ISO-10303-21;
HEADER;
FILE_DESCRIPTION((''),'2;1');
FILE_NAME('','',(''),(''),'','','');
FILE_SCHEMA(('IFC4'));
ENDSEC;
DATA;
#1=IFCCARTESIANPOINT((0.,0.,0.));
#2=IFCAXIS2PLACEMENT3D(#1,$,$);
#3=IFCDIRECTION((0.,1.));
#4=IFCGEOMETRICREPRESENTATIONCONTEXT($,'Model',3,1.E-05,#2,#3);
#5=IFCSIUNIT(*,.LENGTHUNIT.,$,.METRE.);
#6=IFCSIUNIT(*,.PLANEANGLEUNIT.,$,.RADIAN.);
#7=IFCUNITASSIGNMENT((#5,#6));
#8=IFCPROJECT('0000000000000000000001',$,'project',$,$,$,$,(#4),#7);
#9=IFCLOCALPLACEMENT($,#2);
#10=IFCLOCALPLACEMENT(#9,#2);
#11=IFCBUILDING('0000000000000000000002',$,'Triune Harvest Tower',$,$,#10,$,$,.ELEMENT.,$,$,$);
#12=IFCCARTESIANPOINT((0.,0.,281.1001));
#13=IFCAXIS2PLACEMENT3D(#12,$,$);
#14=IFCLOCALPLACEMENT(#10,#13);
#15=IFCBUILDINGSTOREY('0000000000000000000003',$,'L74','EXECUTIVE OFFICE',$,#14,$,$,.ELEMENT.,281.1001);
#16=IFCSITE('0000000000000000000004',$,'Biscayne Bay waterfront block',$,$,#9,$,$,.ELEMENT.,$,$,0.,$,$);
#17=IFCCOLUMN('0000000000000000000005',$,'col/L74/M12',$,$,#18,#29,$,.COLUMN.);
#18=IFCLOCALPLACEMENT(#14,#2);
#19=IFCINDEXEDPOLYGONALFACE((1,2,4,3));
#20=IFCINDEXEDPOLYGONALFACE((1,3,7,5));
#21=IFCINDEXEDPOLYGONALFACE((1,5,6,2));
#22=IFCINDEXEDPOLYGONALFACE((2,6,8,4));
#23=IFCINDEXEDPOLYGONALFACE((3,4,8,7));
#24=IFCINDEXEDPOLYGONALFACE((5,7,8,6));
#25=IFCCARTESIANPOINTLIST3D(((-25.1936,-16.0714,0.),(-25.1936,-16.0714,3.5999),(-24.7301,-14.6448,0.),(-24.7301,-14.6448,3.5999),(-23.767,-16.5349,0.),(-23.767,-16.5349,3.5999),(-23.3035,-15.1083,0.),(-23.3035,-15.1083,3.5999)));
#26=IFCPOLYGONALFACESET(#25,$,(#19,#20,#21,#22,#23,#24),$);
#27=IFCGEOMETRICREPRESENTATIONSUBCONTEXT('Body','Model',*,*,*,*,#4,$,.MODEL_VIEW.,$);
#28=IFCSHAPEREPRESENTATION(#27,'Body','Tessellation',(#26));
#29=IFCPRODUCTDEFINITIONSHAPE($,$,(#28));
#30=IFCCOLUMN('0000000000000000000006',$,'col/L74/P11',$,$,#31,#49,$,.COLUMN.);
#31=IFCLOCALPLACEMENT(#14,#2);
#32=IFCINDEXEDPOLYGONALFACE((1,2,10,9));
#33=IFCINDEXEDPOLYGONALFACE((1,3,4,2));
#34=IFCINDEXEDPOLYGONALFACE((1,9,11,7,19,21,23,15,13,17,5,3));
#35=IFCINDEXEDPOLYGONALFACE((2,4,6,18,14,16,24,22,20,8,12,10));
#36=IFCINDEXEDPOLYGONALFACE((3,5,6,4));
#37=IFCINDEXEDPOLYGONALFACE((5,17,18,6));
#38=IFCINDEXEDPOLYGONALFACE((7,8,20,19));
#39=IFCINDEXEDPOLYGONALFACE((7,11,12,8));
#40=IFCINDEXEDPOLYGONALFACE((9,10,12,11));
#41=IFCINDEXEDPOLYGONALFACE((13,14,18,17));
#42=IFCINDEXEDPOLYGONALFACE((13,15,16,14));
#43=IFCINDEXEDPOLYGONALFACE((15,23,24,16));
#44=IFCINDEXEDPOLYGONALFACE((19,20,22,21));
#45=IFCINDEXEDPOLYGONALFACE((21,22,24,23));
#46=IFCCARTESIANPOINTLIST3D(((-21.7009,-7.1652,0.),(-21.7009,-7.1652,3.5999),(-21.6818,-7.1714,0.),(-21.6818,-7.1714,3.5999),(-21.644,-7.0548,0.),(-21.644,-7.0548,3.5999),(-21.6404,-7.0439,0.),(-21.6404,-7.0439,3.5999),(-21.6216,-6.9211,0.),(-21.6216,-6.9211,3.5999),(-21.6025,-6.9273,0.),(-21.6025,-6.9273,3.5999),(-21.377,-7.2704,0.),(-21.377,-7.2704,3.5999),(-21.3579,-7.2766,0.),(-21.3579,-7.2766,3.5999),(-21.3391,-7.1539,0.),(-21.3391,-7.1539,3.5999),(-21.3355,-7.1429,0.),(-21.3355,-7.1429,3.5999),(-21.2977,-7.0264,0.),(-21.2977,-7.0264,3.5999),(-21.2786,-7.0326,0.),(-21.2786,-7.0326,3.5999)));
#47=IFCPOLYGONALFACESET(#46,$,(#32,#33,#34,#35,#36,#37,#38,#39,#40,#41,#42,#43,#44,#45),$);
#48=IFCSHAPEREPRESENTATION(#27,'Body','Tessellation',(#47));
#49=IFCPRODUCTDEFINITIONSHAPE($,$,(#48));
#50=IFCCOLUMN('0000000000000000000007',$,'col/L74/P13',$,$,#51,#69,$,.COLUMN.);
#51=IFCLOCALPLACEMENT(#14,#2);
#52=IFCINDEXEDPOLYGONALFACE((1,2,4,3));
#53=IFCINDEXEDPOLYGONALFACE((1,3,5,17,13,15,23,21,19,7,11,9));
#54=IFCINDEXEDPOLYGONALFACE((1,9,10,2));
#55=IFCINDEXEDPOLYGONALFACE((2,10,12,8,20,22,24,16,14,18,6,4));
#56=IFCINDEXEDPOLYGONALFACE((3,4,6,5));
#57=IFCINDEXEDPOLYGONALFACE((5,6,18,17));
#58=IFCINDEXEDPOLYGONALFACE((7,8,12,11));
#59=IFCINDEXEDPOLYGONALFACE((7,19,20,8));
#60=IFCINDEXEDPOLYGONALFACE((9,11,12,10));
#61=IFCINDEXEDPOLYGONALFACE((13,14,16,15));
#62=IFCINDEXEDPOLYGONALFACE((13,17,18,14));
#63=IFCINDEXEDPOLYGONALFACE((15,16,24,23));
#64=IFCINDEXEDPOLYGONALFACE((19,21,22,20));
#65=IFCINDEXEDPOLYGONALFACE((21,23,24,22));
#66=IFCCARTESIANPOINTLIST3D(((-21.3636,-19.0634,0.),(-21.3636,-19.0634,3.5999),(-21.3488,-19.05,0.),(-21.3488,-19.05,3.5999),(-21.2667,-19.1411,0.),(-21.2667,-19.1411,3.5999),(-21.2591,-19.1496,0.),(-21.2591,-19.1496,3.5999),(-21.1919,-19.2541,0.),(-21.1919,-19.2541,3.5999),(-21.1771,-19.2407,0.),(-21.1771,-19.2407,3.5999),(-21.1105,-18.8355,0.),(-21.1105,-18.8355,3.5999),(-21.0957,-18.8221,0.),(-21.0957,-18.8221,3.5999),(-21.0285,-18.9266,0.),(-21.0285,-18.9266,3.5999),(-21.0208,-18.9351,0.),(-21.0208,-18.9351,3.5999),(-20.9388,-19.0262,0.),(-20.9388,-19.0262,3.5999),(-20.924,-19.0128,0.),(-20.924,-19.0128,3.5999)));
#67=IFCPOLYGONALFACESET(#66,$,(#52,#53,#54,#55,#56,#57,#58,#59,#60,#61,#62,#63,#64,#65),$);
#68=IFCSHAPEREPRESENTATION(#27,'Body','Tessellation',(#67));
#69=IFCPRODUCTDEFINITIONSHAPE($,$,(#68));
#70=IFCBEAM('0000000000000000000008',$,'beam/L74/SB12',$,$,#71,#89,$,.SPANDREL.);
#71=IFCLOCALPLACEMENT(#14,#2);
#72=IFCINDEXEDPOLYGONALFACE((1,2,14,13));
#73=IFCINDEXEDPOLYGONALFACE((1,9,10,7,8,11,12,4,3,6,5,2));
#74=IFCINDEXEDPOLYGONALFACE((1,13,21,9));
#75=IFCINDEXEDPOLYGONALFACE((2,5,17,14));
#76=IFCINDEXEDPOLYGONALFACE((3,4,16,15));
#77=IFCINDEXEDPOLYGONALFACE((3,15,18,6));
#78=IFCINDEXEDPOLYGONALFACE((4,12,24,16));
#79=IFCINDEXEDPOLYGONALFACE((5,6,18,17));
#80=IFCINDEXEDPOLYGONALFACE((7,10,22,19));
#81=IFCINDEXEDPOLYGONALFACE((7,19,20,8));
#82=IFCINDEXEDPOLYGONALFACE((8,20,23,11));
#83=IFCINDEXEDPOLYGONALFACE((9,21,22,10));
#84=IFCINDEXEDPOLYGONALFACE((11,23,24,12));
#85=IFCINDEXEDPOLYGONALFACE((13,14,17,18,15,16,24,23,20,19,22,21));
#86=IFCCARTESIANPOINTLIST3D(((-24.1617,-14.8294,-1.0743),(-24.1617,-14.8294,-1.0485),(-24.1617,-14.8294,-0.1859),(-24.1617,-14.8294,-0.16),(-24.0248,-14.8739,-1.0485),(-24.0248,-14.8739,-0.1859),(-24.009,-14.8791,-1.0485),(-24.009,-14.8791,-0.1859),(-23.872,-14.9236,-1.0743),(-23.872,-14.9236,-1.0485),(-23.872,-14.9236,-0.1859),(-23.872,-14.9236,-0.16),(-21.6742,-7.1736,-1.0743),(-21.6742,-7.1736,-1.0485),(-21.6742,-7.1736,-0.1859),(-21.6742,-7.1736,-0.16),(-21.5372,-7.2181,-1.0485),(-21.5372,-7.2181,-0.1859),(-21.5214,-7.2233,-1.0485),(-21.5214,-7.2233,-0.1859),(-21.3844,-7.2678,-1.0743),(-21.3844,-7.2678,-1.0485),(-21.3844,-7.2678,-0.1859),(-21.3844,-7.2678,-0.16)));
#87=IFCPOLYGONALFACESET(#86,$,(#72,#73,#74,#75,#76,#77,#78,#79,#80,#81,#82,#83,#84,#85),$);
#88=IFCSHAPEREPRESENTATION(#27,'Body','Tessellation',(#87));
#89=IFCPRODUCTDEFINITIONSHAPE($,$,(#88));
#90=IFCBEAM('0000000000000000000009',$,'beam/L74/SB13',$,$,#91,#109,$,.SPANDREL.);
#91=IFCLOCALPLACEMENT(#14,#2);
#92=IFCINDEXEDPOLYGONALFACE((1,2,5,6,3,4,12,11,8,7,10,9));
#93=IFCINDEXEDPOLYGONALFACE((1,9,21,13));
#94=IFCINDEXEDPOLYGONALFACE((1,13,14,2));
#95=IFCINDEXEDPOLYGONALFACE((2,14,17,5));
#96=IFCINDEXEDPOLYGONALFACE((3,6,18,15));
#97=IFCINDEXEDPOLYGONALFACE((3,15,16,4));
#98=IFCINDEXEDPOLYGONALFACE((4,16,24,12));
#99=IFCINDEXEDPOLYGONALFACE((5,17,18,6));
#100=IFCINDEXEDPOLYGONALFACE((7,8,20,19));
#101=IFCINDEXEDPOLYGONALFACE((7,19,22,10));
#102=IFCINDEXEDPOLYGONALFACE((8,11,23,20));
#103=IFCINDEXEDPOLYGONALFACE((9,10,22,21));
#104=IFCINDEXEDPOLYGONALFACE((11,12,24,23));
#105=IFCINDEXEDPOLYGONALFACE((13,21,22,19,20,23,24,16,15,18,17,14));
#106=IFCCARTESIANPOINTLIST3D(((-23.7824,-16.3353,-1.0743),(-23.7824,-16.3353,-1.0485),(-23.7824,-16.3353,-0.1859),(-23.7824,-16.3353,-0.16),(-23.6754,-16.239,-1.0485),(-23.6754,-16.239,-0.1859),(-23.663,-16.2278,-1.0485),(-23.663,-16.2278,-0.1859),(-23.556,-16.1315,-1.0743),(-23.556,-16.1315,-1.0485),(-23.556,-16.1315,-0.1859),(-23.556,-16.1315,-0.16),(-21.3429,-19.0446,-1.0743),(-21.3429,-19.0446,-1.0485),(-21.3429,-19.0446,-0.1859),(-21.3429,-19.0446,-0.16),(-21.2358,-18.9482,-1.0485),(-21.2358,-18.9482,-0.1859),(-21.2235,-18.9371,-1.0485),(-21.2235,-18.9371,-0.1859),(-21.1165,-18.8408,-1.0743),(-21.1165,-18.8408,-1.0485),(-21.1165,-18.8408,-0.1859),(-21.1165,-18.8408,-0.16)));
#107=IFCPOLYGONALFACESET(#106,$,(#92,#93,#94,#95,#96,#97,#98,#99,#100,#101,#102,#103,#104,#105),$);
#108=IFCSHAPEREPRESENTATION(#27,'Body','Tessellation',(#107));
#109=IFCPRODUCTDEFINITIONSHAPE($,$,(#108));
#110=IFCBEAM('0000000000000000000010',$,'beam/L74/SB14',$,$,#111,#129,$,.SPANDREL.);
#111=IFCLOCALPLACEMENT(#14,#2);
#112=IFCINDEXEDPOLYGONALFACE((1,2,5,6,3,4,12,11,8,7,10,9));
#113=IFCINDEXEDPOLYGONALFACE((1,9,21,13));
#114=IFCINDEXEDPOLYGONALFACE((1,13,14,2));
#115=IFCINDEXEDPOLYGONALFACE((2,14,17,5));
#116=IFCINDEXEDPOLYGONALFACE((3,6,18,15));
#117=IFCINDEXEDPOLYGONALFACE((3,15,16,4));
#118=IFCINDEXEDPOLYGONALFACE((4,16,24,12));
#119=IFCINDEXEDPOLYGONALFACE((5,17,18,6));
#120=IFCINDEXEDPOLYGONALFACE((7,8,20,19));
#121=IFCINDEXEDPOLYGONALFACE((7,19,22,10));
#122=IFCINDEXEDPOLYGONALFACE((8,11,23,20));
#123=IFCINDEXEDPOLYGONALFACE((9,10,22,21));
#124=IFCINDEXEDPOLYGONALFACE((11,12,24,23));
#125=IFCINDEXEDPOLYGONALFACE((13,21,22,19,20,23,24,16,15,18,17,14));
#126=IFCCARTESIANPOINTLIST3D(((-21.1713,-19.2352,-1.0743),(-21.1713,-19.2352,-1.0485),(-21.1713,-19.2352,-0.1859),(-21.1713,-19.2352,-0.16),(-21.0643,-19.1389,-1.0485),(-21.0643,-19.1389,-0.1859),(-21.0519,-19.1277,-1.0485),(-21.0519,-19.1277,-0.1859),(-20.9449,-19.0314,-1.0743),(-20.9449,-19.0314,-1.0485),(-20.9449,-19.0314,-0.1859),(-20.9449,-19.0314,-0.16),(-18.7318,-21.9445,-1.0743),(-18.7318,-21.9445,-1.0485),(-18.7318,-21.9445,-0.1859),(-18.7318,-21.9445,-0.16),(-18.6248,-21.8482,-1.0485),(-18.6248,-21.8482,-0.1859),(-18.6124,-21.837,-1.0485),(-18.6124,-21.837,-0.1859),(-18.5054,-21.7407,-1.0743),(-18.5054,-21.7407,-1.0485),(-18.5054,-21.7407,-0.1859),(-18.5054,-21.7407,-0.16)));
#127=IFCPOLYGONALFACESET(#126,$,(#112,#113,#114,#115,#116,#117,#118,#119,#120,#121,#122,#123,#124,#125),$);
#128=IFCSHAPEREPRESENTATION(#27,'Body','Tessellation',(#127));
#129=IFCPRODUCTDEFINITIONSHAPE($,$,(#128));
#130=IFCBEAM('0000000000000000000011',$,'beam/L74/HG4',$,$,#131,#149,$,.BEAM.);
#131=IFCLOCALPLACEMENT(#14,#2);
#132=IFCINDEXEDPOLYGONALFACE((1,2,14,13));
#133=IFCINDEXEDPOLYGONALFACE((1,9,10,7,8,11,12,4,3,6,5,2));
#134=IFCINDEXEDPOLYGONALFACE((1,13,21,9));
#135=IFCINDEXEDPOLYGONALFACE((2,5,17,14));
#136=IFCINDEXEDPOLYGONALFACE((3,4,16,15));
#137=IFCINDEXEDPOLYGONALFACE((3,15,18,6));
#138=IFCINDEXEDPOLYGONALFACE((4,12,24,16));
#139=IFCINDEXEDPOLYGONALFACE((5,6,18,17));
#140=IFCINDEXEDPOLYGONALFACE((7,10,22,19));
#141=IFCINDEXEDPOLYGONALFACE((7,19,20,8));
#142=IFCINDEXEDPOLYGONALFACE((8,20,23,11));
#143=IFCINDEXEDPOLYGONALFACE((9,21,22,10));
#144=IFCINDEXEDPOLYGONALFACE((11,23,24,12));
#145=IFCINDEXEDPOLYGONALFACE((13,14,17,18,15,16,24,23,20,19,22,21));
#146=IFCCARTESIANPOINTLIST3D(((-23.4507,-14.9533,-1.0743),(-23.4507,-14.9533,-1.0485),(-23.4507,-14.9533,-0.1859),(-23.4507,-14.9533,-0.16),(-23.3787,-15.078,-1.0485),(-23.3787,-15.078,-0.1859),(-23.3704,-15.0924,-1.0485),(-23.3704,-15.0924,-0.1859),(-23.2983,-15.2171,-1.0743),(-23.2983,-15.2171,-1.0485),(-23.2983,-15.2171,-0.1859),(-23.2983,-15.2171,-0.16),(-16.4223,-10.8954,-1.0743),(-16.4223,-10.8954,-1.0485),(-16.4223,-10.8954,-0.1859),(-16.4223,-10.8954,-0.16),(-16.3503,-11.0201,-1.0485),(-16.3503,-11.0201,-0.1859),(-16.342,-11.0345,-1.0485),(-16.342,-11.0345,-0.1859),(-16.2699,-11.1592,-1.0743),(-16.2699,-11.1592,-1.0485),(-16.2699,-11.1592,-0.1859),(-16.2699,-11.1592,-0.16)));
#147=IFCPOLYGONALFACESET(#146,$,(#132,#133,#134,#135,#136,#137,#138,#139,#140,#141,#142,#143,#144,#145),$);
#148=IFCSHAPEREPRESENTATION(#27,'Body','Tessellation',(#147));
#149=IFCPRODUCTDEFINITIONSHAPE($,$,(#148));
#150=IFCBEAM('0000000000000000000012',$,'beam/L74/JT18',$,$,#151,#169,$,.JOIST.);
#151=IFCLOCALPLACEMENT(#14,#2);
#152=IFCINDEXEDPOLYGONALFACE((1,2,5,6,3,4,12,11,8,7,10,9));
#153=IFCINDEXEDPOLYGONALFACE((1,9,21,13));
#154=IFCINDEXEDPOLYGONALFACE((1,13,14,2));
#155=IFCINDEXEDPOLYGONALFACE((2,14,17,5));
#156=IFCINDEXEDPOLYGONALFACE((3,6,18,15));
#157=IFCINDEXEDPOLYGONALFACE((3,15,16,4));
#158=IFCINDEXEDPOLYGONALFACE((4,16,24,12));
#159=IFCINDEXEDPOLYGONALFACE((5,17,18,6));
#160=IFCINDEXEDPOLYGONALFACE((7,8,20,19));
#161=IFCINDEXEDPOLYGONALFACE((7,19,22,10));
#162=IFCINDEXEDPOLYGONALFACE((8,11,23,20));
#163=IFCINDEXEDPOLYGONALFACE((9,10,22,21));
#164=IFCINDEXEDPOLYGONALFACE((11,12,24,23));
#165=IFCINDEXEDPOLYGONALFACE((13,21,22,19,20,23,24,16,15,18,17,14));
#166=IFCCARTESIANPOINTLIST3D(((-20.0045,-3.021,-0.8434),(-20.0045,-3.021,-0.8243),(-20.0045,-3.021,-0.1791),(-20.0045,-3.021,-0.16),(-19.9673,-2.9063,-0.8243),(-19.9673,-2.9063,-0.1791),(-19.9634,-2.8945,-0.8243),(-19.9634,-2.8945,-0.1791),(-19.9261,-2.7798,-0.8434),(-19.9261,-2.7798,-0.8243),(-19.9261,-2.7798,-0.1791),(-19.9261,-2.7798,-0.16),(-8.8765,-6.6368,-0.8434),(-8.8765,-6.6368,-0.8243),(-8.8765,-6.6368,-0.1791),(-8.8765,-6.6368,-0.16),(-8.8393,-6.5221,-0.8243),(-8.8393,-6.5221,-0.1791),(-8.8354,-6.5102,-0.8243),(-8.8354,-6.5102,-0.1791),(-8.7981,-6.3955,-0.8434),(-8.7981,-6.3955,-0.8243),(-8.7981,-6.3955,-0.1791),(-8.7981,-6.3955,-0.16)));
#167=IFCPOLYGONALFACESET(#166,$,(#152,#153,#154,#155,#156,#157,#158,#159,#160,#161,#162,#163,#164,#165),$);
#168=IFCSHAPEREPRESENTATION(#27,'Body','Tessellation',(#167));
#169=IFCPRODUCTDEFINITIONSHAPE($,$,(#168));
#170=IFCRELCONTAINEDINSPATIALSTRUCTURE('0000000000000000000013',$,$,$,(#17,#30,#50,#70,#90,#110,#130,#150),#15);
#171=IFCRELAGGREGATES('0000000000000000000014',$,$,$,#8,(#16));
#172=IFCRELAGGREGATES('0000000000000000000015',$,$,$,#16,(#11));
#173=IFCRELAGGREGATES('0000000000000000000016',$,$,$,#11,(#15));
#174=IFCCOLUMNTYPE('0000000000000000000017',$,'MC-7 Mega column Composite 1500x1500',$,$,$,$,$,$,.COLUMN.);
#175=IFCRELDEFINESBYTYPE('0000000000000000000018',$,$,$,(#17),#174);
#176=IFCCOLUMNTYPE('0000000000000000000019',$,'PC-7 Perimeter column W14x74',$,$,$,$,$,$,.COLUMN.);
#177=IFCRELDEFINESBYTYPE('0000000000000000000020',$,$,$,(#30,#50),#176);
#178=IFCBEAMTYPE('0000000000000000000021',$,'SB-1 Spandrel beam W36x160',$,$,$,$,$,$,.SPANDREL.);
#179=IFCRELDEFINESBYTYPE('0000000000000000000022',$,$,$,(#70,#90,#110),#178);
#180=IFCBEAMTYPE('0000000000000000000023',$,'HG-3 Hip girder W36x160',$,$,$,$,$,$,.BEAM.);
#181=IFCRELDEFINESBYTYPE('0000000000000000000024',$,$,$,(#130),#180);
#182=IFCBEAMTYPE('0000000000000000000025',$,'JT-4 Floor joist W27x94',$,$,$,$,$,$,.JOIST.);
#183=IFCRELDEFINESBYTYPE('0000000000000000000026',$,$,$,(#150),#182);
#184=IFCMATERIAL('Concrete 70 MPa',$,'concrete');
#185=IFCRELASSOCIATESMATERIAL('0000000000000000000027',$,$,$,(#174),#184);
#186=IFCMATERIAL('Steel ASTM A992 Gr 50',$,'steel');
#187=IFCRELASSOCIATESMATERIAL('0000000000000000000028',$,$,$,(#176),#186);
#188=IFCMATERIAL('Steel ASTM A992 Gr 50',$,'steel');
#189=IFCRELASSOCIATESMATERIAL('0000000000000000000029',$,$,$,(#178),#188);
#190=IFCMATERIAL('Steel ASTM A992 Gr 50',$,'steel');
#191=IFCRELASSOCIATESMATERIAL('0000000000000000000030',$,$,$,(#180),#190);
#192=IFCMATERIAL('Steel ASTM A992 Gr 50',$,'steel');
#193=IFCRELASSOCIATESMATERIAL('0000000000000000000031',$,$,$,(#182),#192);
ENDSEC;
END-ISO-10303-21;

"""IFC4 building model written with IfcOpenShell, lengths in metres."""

from ifc_helpers import new_model, si_unit, direction, frame, origin, origin_2d, place, context, subcontext, project, spatial, rectangle, i_section, extrude, source, transform, mapped, material, material_profile, profile_set, type_object, element, save


model = new_model("IFC4")

# Units and contexts
model_context = context("Model", 3, precision=1e-05, world=origin(), true_north=direction((0.0, 1.0)))
body_context = subcontext(model_context, "Body", "Model", "MODEL_VIEW")
ifc_project = project(units=[si_unit("LENGTHUNIT", "METRE"), si_unit("PLANEANGLEUNIT", "RADIAN")], contexts=[model_context])

# Site, building, storey
site_placement = place(None, origin())
site = spatial("IfcSite", under=ifc_project, at=site_placement, Name="Biscayne Bay waterfront block", CompositionType="ELEMENT", RefElevation=0.0)
building_placement = place(site_placement, origin())
building = spatial("IfcBuilding", under=site, at=building_placement, Name="Triune Harvest Tower", CompositionType="ELEMENT")
storey_placement = place(building_placement, frame((0.0, 0.0, 281.1001)))
storey = spatial("IfcBuildingStorey", under=building, at=storey_placement, Name="L74", Description="EXECUTIVE OFFICE", CompositionType="ELEMENT", Elevation=281.1001)

# Columns
ifc_material_1 = material(Name="Concrete 70 MPa", Category="concrete")
ifc_material_profile_1 = material_profile(ifc_material_1, rectangle(XDim=1.5, YDim=1.5, at=origin_2d()), Name="Composite 1500x1500")
ifc_profile_set_1 = profile_set([ifc_material_profile_1], Name="Concrete 70 MPa")
column_type_1 = type_object("IfcColumnType", Name="MC-7 Mega column Composite 1500x1500", PredefinedType="COLUMN", material=ifc_profile_set_1)
shared_shape_1 = source(origin(), body_context, "Body", "SweptSolid", [
    extrude(rectangle(XDim=1.5, YDim=1.5, at=origin_2d()), origin(), (0.0, 0.0, 1.0), 3.5999),
])
column_placement = place(storey_placement, frame((-24.2485, -15.5898, 0.0), z_axis=(0.0, 0.0, 1.0), x_axis=(-0.309015, -0.951057, 0.0)))
element("IfcColumn", 1, at=column_placement, inside=storey, type_object=column_type_1, Name="col/L74/M12", PredefinedType="COLUMN", context=body_context, shape_type="MappedRepresentation", body=[
    mapped(shared_shape_1, transform((0.0, 0.0, 0.0), scale=1.0)),
])
ifc_material_2 = material(Name="Steel ASTM A992 Gr 50", Category="steel")
ifc_material_profile_2 = material_profile(ifc_material_2, i_section(OverallWidth=0.2566, OverallDepth=0.3606, WebThickness=0.0115, FlangeThickness=0.02, at=origin_2d()), Name="W14x74")
ifc_profile_set_2 = profile_set([ifc_material_profile_2], Name="Steel ASTM A992 Gr 50")
column_type_2 = type_object("IfcColumnType", Name="PC-7 Perimeter column W14x74", PredefinedType="COLUMN", material=ifc_profile_set_2)
shared_shape_2 = source(origin(), body_context, "Body", "SweptSolid", [
    extrude(i_section(OverallWidth=0.2566, OverallDepth=0.3606, WebThickness=0.0115, FlangeThickness=0.02, at=origin_2d()), origin(), (0.0, 0.0, 1.0), 3.5999),
])
for number, where, z_axis, x_axis, name in (
    (2, (-21.4897, -7.0989, 0.0), (0.0, 0.0, 1.0), (-0.309015, -0.951057, 0.0), "col/L74/P11"),
    (3, (-21.1438, -19.0381, 0.0), (0.0, 0.0, 1.0), (0.669129, -0.743146, 0.0), "col/L74/P13"),
):
    element("IfcColumn", number, at=place(storey_placement, frame(where, z_axis=z_axis, x_axis=x_axis)), inside=storey, type_object=column_type_2, Name=name, PredefinedType="COLUMN", context=body_context, shape_type="MappedRepresentation", body=[
        mapped(shared_shape_2, transform((0.0, 0.0, 0.0), scale=1.0)),
    ])

# Beams
ifc_material_3 = material(Name="Steel ASTM A992 Gr 50", Category="steel")
ifc_material_profile_3 = material_profile(ifc_material_3, i_section(OverallWidth=0.3047, OverallDepth=0.9143, WebThickness=0.0166, FlangeThickness=0.0259, at=origin_2d()), Name="W36x160")
ifc_profile_set_3 = profile_set([ifc_material_profile_3], Name="Steel ASTM A992 Gr 50")
beam_type_1 = type_object("IfcBeamType", Name="SB-1 Spandrel beam W36x160", PredefinedType="SPANDREL", material=ifc_profile_set_3)
shared_shape_3 = source(origin(), body_context, "Body", "SweptSolid", [
    extrude(i_section(OverallWidth=0.3047, OverallDepth=0.9143, WebThickness=0.0166, FlangeThickness=0.0259, at=origin_2d()), origin(), (0.0, 0.0, 1.0), 8.0498),
])
beam_1_placement = place(storey_placement, frame((-21.5293, -7.2207, -0.6172), z_axis=(-0.309022, -0.951055, 0.0), x_axis=(0.951055, -0.309022, 0.0)))
element("IfcBeam", 4, at=beam_1_placement, inside=storey, type_object=beam_type_1, Name="beam/L74/SB12", PredefinedType="SPANDREL", context=body_context, shape_type="MappedRepresentation", body=[
    mapped(shared_shape_3, transform((0.0, 0.0, 0.0), scale=1.0)),
])
shared_shape_4 = source(origin(), body_context, "Body", "SweptSolid", [
    extrude(i_section(OverallWidth=0.3047, OverallDepth=0.9143, WebThickness=0.0166, FlangeThickness=0.0259, at=origin_2d()), origin(), (0.0, 0.0, 1.0), 3.6458),
])
for number, where, z_axis, x_axis, name in (
    (5, (-23.6692, -16.2334, -0.6172), (0.669139, -0.743138, 0.0), (0.743138, 0.669139, 0.0), "beam/L74/SB13"),
    (6, (-21.0581, -19.1333, -0.6172), (0.669139, -0.743138, 0.0), (0.743138, 0.669139, 0.0), "beam/L74/SB14"),
):
    element("IfcBeam", number, at=place(storey_placement, frame(where, z_axis=z_axis, x_axis=x_axis)), inside=storey, type_object=beam_type_1, Name=name, PredefinedType="SPANDREL", context=body_context, shape_type="MappedRepresentation", body=[
        mapped(shared_shape_4, transform((0.0, 0.0, 0.0), scale=1.0)),
    ])
ifc_material_4 = material(Name="Steel ASTM A992 Gr 50", Category="steel")
ifc_material_profile_4 = material_profile(ifc_material_4, i_section(OverallWidth=0.3047, OverallDepth=0.9143, WebThickness=0.0166, FlangeThickness=0.0259, at=origin_2d()), Name="W36x160")
ifc_profile_set_4 = profile_set([ifc_material_profile_4], Name="Steel ASTM A992 Gr 50")
beam_type_2 = type_object("IfcBeamType", Name="HG-3 Hip girder W36x160", PredefinedType="BEAM", material=ifc_profile_set_4)
shared_shape_5 = source(origin(), body_context, "Body", "SweptSolid", [
    extrude(i_section(OverallWidth=0.3047, OverallDepth=0.9143, WebThickness=0.0166, FlangeThickness=0.0259, at=origin_2d()), origin(), (0.0, 0.0, 1.0), 8.1157),
])
beam_2_placement = place(storey_placement, frame((-23.3745, -15.0852, -0.6172), z_axis=(0.866022, 0.500005, 0.0), x_axis=(-0.500005, 0.866022, 0.0)))
element("IfcBeam", 7, at=beam_2_placement, inside=storey, type_object=beam_type_2, Name="beam/L74/HG4", PredefinedType="BEAM", context=body_context, shape_type="MappedRepresentation", body=[
    mapped(shared_shape_5, transform((0.0, 0.0, 0.0), scale=1.0)),
])
ifc_material_5 = material(Name="Steel ASTM A992 Gr 50", Category="steel")
ifc_material_profile_5 = material_profile(ifc_material_5, i_section(OverallWidth=0.2537, OverallDepth=0.6833, WebThickness=0.0125, FlangeThickness=0.019, at=origin_2d()), Name="W27x94")
ifc_profile_set_5 = profile_set([ifc_material_profile_5], Name="Steel ASTM A992 Gr 50")
beam_type_3 = type_object("IfcBeamType", Name="JT-4 Floor joist W27x94", PredefinedType="JOIST", material=ifc_profile_set_5)
shared_shape_6 = source(origin(), body_context, "Body", "SweptSolid", [
    extrude(i_section(OverallWidth=0.2537, OverallDepth=0.6833, WebThickness=0.0125, FlangeThickness=0.019, at=origin_2d()), origin(), (0.0, 0.0, 1.0), 11.7007),
])
beam_3_placement = place(storey_placement, frame((-19.9653, -2.9004, -0.5017), z_axis=(0.951056, -0.30902, 0.0), x_axis=(0.30902, 0.951056, 0.0)))
element("IfcBeam", 8, at=beam_3_placement, inside=storey, type_object=beam_type_3, Name="beam/L74/JT18", PredefinedType="JOIST", context=body_context, shape_type="MappedRepresentation", body=[
    mapped(shared_shape_6, transform((0.0, 0.0, 0.0), scale=1.0)),
])

save(model, "model.ifc")
